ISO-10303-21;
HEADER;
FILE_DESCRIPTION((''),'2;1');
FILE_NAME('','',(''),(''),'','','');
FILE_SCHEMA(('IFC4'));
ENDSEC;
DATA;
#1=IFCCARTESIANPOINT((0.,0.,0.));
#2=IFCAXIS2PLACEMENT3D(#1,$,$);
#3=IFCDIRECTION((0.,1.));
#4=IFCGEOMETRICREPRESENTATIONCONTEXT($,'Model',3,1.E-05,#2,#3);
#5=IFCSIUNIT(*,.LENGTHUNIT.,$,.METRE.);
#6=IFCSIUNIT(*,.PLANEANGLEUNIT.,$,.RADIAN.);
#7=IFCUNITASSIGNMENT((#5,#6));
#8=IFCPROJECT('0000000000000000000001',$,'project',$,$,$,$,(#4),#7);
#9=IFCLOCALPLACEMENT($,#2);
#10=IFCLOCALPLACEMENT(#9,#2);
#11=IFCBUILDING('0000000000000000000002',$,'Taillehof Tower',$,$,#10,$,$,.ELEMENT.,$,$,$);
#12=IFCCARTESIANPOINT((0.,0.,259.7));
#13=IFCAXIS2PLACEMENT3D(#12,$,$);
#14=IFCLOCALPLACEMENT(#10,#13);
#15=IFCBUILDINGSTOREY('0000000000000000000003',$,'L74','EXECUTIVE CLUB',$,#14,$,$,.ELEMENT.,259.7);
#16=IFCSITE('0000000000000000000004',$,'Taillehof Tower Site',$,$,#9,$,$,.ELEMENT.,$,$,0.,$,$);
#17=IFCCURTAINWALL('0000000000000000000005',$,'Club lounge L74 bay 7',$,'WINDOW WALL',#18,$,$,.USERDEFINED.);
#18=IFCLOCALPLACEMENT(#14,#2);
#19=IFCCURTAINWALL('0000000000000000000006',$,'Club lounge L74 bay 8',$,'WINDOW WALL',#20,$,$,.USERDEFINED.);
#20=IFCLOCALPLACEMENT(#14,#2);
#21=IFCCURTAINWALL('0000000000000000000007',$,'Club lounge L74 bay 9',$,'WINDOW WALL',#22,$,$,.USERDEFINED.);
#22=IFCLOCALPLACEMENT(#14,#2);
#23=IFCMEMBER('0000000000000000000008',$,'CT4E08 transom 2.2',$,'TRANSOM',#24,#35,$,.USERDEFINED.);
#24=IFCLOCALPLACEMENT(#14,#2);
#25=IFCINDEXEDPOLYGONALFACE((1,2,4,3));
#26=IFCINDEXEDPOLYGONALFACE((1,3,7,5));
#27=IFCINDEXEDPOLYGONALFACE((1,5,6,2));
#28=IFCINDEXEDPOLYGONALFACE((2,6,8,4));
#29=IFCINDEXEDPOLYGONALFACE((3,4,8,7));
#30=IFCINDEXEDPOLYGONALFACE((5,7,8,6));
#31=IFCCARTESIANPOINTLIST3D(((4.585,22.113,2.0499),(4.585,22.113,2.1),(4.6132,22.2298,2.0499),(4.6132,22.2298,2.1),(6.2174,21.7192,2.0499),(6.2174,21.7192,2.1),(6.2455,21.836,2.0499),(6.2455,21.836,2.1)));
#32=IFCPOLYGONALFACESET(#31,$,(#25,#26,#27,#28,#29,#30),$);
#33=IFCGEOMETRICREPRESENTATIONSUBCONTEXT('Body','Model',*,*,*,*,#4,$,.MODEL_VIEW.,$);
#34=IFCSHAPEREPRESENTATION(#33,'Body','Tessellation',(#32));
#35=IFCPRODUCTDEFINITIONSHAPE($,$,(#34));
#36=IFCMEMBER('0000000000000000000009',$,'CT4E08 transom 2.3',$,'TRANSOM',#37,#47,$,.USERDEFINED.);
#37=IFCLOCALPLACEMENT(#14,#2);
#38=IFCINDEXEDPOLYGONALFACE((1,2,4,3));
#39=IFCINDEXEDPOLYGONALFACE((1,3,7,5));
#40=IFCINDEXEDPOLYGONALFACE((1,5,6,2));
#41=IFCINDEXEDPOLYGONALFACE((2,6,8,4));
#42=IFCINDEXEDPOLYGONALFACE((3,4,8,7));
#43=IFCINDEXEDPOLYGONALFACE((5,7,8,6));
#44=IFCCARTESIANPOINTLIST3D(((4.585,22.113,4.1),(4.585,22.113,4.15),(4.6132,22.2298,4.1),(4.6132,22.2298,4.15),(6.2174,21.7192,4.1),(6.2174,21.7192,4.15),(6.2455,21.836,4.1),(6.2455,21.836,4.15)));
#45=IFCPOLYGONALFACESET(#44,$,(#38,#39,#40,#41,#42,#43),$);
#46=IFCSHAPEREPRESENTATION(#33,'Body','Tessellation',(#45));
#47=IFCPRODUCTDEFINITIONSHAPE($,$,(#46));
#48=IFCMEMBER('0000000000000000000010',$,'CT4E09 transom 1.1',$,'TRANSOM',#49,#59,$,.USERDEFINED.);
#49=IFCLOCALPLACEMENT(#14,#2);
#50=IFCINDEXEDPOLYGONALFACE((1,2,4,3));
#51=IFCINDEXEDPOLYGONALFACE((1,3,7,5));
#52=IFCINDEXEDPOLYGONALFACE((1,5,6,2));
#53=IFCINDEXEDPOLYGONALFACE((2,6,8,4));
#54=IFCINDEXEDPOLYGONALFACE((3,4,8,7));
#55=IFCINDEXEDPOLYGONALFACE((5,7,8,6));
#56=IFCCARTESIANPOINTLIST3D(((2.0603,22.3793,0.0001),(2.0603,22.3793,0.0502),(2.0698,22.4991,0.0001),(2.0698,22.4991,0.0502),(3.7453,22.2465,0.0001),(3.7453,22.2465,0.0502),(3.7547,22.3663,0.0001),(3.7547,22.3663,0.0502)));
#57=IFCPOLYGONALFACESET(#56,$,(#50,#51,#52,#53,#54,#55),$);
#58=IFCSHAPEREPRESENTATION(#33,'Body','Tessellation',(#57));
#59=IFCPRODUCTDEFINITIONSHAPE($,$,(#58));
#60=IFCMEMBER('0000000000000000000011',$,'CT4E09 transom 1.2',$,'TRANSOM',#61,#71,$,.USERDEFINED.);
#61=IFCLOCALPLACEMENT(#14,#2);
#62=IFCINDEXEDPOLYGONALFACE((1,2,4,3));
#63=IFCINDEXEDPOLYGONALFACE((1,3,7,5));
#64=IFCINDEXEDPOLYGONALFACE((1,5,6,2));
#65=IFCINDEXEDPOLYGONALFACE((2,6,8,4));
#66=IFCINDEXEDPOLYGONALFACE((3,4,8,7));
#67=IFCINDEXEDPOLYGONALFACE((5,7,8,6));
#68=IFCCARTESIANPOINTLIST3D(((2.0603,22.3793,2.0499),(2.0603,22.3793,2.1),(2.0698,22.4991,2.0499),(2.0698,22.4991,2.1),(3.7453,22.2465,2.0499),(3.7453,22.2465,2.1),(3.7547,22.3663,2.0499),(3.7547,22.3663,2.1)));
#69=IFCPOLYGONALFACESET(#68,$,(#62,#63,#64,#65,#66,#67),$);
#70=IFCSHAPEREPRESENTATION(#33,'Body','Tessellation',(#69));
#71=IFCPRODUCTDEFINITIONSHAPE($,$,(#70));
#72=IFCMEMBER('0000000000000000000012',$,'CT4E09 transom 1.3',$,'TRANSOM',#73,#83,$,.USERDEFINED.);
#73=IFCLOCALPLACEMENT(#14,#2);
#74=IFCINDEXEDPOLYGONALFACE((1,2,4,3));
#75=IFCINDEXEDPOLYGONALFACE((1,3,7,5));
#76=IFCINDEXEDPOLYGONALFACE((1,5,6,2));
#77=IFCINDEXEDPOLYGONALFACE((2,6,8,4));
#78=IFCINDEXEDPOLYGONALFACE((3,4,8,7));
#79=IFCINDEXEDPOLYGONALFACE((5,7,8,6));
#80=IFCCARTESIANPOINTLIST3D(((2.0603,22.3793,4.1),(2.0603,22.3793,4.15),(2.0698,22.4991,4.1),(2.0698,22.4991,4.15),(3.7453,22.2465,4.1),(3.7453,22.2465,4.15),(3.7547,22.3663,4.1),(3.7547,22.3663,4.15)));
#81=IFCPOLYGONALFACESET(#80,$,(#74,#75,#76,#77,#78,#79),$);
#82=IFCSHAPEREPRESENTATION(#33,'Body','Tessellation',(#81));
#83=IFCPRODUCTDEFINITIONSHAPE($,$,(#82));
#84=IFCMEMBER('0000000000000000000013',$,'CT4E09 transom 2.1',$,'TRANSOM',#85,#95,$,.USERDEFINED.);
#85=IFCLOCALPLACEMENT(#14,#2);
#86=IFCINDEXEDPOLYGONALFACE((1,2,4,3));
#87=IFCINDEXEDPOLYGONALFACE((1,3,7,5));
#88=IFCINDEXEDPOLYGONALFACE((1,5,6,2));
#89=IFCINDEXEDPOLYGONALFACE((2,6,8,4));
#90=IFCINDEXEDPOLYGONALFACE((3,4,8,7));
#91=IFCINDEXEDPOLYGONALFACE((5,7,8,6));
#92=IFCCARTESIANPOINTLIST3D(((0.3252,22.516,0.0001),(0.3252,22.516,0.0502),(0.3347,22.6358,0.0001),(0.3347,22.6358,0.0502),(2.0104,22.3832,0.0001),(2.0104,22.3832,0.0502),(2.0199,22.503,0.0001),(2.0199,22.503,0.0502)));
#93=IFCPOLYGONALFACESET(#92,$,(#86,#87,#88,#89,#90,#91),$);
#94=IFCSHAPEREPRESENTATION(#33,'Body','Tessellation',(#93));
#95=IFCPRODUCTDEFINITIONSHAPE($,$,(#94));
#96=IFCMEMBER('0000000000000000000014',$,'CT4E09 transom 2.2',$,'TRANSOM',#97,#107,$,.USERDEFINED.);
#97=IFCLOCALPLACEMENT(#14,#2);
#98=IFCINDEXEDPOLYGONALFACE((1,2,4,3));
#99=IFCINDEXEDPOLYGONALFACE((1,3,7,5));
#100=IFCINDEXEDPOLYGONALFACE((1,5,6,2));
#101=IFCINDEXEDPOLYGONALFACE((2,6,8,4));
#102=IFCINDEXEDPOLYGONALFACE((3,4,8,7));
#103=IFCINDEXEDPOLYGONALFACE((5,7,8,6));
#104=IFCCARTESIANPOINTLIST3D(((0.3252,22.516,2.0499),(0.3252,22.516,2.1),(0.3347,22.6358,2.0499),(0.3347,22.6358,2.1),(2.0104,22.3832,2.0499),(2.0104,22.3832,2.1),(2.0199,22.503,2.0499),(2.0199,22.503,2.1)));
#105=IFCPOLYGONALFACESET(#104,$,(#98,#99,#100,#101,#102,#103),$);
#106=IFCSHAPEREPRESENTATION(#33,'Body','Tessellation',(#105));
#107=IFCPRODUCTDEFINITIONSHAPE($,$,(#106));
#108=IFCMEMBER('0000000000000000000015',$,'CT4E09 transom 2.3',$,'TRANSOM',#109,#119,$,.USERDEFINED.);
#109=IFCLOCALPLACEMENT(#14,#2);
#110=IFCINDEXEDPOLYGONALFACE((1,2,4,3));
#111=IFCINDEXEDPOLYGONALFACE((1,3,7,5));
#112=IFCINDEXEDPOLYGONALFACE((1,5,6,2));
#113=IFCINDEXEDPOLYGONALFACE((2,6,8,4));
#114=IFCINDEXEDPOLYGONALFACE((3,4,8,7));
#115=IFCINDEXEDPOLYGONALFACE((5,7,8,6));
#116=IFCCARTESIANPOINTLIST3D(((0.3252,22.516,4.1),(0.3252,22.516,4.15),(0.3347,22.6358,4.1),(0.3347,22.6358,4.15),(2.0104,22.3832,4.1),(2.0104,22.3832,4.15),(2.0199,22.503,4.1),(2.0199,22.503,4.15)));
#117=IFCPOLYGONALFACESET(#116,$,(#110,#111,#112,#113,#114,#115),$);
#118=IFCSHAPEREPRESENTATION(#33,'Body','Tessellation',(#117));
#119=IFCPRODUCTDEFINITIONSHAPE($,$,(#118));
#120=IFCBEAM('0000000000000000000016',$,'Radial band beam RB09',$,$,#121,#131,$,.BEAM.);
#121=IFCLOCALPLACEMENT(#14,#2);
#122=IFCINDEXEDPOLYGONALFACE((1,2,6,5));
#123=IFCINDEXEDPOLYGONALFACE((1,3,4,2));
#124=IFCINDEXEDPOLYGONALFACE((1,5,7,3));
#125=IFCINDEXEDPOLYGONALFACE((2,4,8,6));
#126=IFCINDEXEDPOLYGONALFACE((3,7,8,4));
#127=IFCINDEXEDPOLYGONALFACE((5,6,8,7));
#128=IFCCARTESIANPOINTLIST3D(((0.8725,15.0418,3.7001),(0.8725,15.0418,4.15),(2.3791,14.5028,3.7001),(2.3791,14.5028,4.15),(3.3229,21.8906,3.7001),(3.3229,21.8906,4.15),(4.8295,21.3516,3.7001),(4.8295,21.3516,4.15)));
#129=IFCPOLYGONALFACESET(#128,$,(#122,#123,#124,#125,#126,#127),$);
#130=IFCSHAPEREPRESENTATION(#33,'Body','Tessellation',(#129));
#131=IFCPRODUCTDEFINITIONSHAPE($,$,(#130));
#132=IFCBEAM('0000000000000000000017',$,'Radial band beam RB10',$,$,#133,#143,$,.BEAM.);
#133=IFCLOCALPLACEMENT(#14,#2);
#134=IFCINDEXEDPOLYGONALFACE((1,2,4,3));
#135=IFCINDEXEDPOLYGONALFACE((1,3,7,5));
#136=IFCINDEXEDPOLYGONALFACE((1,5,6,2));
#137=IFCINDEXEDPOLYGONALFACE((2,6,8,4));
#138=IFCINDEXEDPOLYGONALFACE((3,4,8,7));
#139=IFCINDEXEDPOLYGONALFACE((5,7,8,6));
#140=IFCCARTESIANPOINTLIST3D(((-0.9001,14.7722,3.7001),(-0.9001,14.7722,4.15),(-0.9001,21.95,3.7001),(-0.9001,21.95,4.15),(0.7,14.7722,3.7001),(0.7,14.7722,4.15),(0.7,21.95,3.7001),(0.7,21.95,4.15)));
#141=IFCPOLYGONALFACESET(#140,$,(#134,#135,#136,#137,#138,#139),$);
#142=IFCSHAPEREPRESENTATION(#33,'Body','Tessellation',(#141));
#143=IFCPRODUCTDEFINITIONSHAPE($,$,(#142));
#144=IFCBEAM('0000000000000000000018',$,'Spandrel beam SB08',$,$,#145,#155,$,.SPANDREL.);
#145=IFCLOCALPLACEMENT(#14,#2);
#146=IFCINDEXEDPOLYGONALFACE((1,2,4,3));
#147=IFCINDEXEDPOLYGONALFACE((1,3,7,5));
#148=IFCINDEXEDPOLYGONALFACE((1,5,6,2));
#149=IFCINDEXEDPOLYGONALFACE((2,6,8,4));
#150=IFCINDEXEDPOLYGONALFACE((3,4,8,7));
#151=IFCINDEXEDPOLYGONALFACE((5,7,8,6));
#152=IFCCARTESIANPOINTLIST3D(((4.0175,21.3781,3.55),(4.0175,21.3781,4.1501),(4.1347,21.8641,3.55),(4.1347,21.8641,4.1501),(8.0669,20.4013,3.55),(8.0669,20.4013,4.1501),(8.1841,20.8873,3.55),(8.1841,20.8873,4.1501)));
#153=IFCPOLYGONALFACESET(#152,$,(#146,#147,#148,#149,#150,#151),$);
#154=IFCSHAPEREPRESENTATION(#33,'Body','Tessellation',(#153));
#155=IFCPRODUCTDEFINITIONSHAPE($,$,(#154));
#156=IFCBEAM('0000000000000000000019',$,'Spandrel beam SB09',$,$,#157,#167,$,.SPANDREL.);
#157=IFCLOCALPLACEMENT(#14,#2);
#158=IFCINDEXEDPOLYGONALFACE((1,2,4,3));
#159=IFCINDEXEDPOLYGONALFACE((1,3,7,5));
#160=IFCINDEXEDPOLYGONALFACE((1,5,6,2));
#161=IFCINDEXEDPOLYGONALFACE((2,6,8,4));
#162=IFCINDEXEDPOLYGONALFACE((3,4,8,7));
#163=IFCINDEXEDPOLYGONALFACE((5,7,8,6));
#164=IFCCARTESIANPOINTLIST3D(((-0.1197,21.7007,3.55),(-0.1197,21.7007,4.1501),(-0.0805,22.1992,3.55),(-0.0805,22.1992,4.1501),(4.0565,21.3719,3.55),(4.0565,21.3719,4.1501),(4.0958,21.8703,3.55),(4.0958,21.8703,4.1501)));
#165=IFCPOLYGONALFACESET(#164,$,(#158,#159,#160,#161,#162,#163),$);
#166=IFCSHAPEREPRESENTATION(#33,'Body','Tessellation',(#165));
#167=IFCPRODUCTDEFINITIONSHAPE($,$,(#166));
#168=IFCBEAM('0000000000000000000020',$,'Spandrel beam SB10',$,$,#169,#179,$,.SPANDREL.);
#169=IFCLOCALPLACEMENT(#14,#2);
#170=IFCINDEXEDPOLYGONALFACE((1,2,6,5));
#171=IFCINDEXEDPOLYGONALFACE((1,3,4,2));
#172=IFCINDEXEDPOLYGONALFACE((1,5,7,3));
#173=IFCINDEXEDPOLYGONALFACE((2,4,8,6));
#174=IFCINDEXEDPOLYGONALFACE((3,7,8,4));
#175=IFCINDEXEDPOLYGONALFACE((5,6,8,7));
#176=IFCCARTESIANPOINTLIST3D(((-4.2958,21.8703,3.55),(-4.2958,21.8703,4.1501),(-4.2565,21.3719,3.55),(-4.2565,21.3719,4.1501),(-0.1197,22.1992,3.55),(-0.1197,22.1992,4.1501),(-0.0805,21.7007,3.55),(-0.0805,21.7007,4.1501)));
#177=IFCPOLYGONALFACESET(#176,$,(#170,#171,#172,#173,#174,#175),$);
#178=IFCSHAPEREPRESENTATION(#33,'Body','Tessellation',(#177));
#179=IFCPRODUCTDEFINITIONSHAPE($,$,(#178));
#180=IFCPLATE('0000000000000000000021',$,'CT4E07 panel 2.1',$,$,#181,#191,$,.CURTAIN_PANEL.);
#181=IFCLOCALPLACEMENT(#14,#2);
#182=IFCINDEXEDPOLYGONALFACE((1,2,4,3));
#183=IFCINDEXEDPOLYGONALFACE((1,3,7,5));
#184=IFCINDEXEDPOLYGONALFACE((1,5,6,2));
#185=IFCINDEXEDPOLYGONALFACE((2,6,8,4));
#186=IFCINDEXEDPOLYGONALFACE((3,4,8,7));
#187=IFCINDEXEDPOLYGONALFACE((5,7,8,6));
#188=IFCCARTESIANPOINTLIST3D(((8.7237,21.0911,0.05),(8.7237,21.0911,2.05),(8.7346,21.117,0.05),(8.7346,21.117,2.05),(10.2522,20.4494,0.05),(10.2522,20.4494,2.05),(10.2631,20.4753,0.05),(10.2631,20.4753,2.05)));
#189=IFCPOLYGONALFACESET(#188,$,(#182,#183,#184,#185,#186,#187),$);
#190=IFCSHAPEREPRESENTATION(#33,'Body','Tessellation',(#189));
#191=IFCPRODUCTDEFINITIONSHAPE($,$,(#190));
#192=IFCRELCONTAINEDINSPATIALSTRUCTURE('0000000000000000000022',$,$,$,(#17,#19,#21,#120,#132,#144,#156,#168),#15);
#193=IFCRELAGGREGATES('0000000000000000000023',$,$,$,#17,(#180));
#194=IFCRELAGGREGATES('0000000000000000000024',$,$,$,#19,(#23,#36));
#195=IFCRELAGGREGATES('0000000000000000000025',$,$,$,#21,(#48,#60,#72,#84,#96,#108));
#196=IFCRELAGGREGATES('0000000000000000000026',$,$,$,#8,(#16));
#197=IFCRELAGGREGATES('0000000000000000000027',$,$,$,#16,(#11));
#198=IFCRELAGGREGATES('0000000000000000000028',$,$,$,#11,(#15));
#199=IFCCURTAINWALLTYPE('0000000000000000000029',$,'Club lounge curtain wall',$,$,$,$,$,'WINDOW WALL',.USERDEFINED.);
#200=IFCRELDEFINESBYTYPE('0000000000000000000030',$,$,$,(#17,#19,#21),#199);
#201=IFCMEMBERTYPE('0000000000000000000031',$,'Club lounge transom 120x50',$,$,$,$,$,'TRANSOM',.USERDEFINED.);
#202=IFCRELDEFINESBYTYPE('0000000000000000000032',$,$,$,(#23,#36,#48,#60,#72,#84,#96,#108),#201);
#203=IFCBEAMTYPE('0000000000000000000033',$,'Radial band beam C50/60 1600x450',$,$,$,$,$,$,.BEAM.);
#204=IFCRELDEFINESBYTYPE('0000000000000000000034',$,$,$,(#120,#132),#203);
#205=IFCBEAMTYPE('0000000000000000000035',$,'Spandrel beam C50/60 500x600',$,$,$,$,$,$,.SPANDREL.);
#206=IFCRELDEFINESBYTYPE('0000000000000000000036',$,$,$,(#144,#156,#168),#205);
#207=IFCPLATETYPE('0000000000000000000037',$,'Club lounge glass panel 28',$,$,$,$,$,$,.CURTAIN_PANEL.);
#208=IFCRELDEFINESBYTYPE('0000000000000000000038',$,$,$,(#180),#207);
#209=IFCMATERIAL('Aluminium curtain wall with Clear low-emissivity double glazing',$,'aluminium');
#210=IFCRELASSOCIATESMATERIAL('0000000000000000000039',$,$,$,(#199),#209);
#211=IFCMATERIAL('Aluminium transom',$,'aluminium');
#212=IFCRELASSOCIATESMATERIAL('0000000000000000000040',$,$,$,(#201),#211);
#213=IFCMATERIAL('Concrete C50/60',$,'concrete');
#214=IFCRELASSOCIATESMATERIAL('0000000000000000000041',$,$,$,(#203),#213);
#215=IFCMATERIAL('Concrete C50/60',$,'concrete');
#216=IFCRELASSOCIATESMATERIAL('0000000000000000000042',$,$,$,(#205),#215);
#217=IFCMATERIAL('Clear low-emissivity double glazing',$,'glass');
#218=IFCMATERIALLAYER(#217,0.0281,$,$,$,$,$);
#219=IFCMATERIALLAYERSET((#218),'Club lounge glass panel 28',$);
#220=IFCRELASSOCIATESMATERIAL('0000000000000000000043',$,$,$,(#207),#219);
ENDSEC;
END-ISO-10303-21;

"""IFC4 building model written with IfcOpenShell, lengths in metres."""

from ifc_helpers import new_model, si_unit, direction, frame, origin, origin_2d, place, context, subcontext, project, spatial, rectangle, extrude, material, layer, layer_set, material_profile, profile_set, type_object, element, aggregate, save


model = new_model("IFC4")

# Units and contexts
model_context = context("Model", 3, precision=1e-05, world=origin(), true_north=direction((0.0, 1.0)))
body_context = subcontext(model_context, "Body", "Model", "MODEL_VIEW")
ifc_project = project(units=[si_unit("LENGTHUNIT", "METRE"), si_unit("PLANEANGLEUNIT", "RADIAN")], contexts=[model_context])

# Site, building, storey
site_placement = place(None, origin())
site = spatial("IfcSite", under=ifc_project, at=site_placement, Name="Taillehof Tower Site", CompositionType="ELEMENT", RefElevation=0.0)
building_placement = place(site_placement, origin())
building = spatial("IfcBuilding", under=site, at=building_placement, Name="Taillehof Tower", CompositionType="ELEMENT")
storey_placement = place(building_placement, frame((0.0, 0.0, 259.7)))
storey = spatial("IfcBuildingStorey", under=building, at=storey_placement, Name="L74", Description="EXECUTIVE CLUB", CompositionType="ELEMENT", Elevation=259.7)

# Curtain wall
ifc_material_1 = material(Name="Aluminium curtain wall with Clear low-emissivity double glazing", Category="aluminium")
curtain_wall_type = type_object("IfcCurtainWallType", Name="Club lounge curtain wall", ElementType="WINDOW WALL", PredefinedType="USERDEFINED", material=ifc_material_1)
curtain_wall_1_placement = place(storey_placement, origin())
curtain_wall_1 = element("IfcCurtainWall", 1, at=curtain_wall_1_placement, inside=storey, type_object=curtain_wall_type, Name="Club lounge L74 bay 7", ObjectType="WINDOW WALL", PredefinedType="USERDEFINED")

# Curtain walls
curtain_wall_2_placement = place(storey_placement, origin())
curtain_wall_2 = element("IfcCurtainWall", 2, at=curtain_wall_2_placement, inside=storey, type_object=curtain_wall_type, Name="Club lounge L74 bay 8", ObjectType="WINDOW WALL", PredefinedType="USERDEFINED")
curtain_wall_3_placement = place(storey_placement, origin())
curtain_wall_3 = element("IfcCurtainWall", 3, at=curtain_wall_3_placement, inside=storey, type_object=curtain_wall_type, Name="Club lounge L74 bay 9", ObjectType="WINDOW WALL", PredefinedType="USERDEFINED")

# Members
ifc_material_2 = material(Name="Aluminium transom", Category="aluminium")
ifc_material_profile_1 = material_profile(ifc_material_2, rectangle(XDim=0.1201, YDim=0.05, at=origin_2d()), Name="AL 120x50")
ifc_profile_set_1 = profile_set([ifc_material_profile_1], Name="Aluminium transom")
member_type_1 = type_object("IfcMemberType", Name="Club lounge transom 120x50", ElementType="TRANSOM", PredefinedType="USERDEFINED", material=ifc_profile_set_1)
member_1_placement = place(storey_placement, frame((6.2314, 21.7776, 2.075), z_axis=(-0.972111, 0.234522, 0.0), x_axis=(-0.234522, -0.972111, 0.0)))
member_1 = element("IfcMember", 4, at=member_1_placement, type_object=member_type_1, Name="CT4E08 transom 2.2", ObjectType="TRANSOM", PredefinedType="USERDEFINED", context=body_context, shape_type="SweptSolid", body=[
    extrude(rectangle(XDim=0.1201, YDim=0.05, at=origin_2d()), origin(), (0.0, 0.0, 1.0), 1.6792),
])
member_2_placement = place(storey_placement, frame((6.2314, 21.7776, 4.125), z_axis=(-0.972111, 0.234522, 0.0), x_axis=(-0.234522, -0.972111, 0.0)))
member_2 = element("IfcMember", 5, at=member_2_placement, type_object=member_type_1, Name="CT4E08 transom 2.3", ObjectType="TRANSOM", PredefinedType="USERDEFINED", context=body_context, shape_type="SweptSolid", body=[
    extrude(rectangle(XDim=0.1201, YDim=0.05, at=origin_2d()), origin(), (0.0, 0.0, 1.0), 1.6792),
])
member_3_placement = place(storey_placement, frame((3.75, 22.3064, 0.0251), z_axis=(-0.996908, 0.078574, 0.0), x_axis=(-0.078574, -0.996908, 0.0)))
member_3 = element("IfcMember", 6, at=member_3_placement, type_object=member_type_1, Name="CT4E09 transom 1.1", ObjectType="TRANSOM", PredefinedType="USERDEFINED", context=body_context, shape_type="SweptSolid", body=[
    extrude(rectangle(XDim=0.1201, YDim=0.05, at=origin_2d()), origin(), (0.0, 0.0, 1.0), 1.6902),
])
member_4_placement = place(storey_placement, frame((3.75, 22.3064, 2.075), z_axis=(-0.996908, 0.078574, 0.0), x_axis=(-0.078574, -0.996908, 0.0)))
member_4 = element("IfcMember", 7, at=member_4_placement, type_object=member_type_1, Name="CT4E09 transom 1.2", ObjectType="TRANSOM", PredefinedType="USERDEFINED", context=body_context, shape_type="SweptSolid", body=[
    extrude(rectangle(XDim=0.1201, YDim=0.05, at=origin_2d()), origin(), (0.0, 0.0, 1.0), 1.6902),
])
member_5_placement = place(storey_placement, frame((3.75, 22.3064, 4.125), z_axis=(-0.996908, 0.078574, 0.0), x_axis=(-0.078574, -0.996908, 0.0)))
member_5 = element("IfcMember", 8, at=member_5_placement, type_object=member_type_1, Name="CT4E09 transom 1.3", ObjectType="TRANSOM", PredefinedType="USERDEFINED", context=body_context, shape_type="SweptSolid", body=[
    extrude(rectangle(XDim=0.1201, YDim=0.05, at=origin_2d()), origin(), (0.0, 0.0, 1.0), 1.6902),
])
member_6_placement = place(storey_placement, frame((2.0151, 22.4431, 0.0251), z_axis=(-0.996909, 0.078563, 0.0), x_axis=(-0.078563, -0.996909, 0.0)))
member_6 = element("IfcMember", 9, at=member_6_placement, type_object=member_type_1, Name="CT4E09 transom 2.1", ObjectType="TRANSOM", PredefinedType="USERDEFINED", context=body_context, shape_type="SweptSolid", body=[
    extrude(rectangle(XDim=0.1201, YDim=0.05, at=origin_2d()), origin(), (0.0, 0.0, 1.0), 1.6904),
])
member_7_placement = place(storey_placement, frame((2.0151, 22.4431, 2.075), z_axis=(-0.996909, 0.078563, 0.0), x_axis=(-0.078563, -0.996909, 0.0)))
member_7 = element("IfcMember", 10, at=member_7_placement, type_object=member_type_1, Name="CT4E09 transom 2.2", ObjectType="TRANSOM", PredefinedType="USERDEFINED", context=body_context, shape_type="SweptSolid", body=[
    extrude(rectangle(XDim=0.1201, YDim=0.05, at=origin_2d()), origin(), (0.0, 0.0, 1.0), 1.6904),
])
member_8_placement = place(storey_placement, frame((2.0151, 22.4431, 4.125), z_axis=(-0.996909, 0.078563, 0.0), x_axis=(-0.078563, -0.996909, 0.0)))
member_8 = element("IfcMember", 11, at=member_8_placement, type_object=member_type_1, Name="CT4E09 transom 2.3", ObjectType="TRANSOM", PredefinedType="USERDEFINED", context=body_context, shape_type="SweptSolid", body=[
    extrude(rectangle(XDim=0.1201, YDim=0.05, at=origin_2d()), origin(), (0.0, 0.0, 1.0), 1.6904),
])

# Beams
ifc_material_3 = material(Name="Concrete C50/60", Category="concrete")
ifc_material_profile_2 = material_profile(ifc_material_3, rectangle(XDim=1.6001, YDim=0.45, at=origin_2d()), Name="RC 1600x450")
ifc_profile_set_2 = profile_set([ifc_material_profile_2], Name="Concrete C50/60")
beam_type_1 = type_object("IfcBeamType", Name="Radial band beam C50/60 1600x450", PredefinedType="BEAM", material=ifc_profile_set_2)
beam_1_placement = place(storey_placement, frame((4.0762, 21.6211, 3.925), z_axis=(-0.336874, -0.94155, 0.0), x_axis=(0.94155, -0.336874, 0.0)))
element("IfcBeam", 12, at=beam_1_placement, inside=storey, type_object=beam_type_1, Name="Radial band beam RB09", PredefinedType="BEAM", context=body_context, shape_type="SweptSolid", body=[
    extrude(rectangle(XDim=1.6001, YDim=0.45, at=origin_2d()), origin(), (0.0, 0.0, 1.0), 7.2739),
])
beam_2_placement = place(storey_placement, frame((-0.1001, 21.95, 3.925), z_axis=(0.0, -1.0, 0.0), x_axis=(1.0, 0.0, 0.0)))
element("IfcBeam", 13, at=beam_2_placement, inside=storey, type_object=beam_type_1, Name="Radial band beam RB10", PredefinedType="BEAM", context=body_context, shape_type="SweptSolid", body=[
    extrude(rectangle(XDim=1.6001, YDim=0.45, at=origin_2d()), origin(), (0.0, 0.0, 1.0), 7.1777),
])
ifc_material_4 = material(Name="Concrete C50/60", Category="concrete")
ifc_material_profile_3 = material_profile(ifc_material_4, rectangle(XDim=0.5, YDim=0.6001, at=origin_2d()), Name="RC 500x600")
ifc_profile_set_3 = profile_set([ifc_material_profile_3], Name="Concrete C50/60")
beam_type_2 = type_object("IfcBeamType", Name="Spandrel beam C50/60 500x600", PredefinedType="SPANDREL", material=ifc_profile_set_3)
beam_3_placement = place(storey_placement, frame((8.1255, 20.6443, 3.8501), z_axis=(-0.972116, 0.234501, 0.0), x_axis=(-0.234501, -0.972116, 0.0)))
element("IfcBeam", 14, at=beam_3_placement, inside=storey, type_object=beam_type_2, Name="Spandrel beam SB08", PredefinedType="SPANDREL", context=body_context, shape_type="SweptSolid", body=[
    extrude(rectangle(XDim=0.5, YDim=0.6001, at=origin_2d()), origin(), (0.0, 0.0, 1.0), 4.1655),
])
beam_4_placement = place(storey_placement, frame((4.0762, 21.6211, 3.8501), z_axis=(-0.996914, 0.078501, 0.0), x_axis=(-0.078501, -0.996914, 0.0)))
element("IfcBeam", 15, at=beam_4_placement, inside=storey, type_object=beam_type_2, Name="Spandrel beam SB09", PredefinedType="SPANDREL", context=body_context, shape_type="SweptSolid", body=[
    extrude(rectangle(XDim=0.5, YDim=0.6001, at=origin_2d()), origin(), (0.0, 0.0, 1.0), 4.1892),
])
beam_5_placement = place(storey_placement, frame((-0.1001, 21.95, 3.8501), z_axis=(-0.996914, -0.078506, 0.0), x_axis=(0.078506, -0.996914, 0.0)))
element("IfcBeam", 16, at=beam_5_placement, inside=storey, type_object=beam_type_2, Name="Spandrel beam SB10", PredefinedType="SPANDREL", context=body_context, shape_type="SweptSolid", body=[
    extrude(rectangle(XDim=0.5, YDim=0.6001, at=origin_2d()), origin(), (0.0, 0.0, 1.0), 4.189),
])

# Plate
ifc_material_5 = material(Name="Clear low-emissivity double glazing", Category="glass")
ifc_layer = layer(ifc_material_5, 0.0281)
ifc_layer_set = layer_set([ifc_layer], Name="Club lounge glass panel 28")
plate_type = type_object("IfcPlateType", Name="Club lounge glass panel 28", PredefinedType="CURTAIN_PANEL", material=ifc_layer_set)
plate_1_placement = place(storey_placement, frame((9.4934, 20.7832, 0.05), z_axis=(0.0, 0.0, 1.0), x_axis=(-0.922037, 0.387101, 0.0)))
plate_1 = element("IfcPlate", 17, at=plate_1_placement, type_object=plate_type, Name="CT4E07 panel 2.1", PredefinedType="CURTAIN_PANEL", context=body_context, shape_type="SweptSolid", body=[
    extrude(rectangle(XDim=1.6577, YDim=0.0281, at=origin_2d()), origin(), (0.0, 0.0, 1.0), 2.0),
])
aggregate(curtain_wall_1, [plate_1])
aggregate(curtain_wall_2, [member_1, member_2])
aggregate(curtain_wall_3, [member_3, member_4, member_5, member_6, member_7, member_8])

save(model, "model.ifc")
